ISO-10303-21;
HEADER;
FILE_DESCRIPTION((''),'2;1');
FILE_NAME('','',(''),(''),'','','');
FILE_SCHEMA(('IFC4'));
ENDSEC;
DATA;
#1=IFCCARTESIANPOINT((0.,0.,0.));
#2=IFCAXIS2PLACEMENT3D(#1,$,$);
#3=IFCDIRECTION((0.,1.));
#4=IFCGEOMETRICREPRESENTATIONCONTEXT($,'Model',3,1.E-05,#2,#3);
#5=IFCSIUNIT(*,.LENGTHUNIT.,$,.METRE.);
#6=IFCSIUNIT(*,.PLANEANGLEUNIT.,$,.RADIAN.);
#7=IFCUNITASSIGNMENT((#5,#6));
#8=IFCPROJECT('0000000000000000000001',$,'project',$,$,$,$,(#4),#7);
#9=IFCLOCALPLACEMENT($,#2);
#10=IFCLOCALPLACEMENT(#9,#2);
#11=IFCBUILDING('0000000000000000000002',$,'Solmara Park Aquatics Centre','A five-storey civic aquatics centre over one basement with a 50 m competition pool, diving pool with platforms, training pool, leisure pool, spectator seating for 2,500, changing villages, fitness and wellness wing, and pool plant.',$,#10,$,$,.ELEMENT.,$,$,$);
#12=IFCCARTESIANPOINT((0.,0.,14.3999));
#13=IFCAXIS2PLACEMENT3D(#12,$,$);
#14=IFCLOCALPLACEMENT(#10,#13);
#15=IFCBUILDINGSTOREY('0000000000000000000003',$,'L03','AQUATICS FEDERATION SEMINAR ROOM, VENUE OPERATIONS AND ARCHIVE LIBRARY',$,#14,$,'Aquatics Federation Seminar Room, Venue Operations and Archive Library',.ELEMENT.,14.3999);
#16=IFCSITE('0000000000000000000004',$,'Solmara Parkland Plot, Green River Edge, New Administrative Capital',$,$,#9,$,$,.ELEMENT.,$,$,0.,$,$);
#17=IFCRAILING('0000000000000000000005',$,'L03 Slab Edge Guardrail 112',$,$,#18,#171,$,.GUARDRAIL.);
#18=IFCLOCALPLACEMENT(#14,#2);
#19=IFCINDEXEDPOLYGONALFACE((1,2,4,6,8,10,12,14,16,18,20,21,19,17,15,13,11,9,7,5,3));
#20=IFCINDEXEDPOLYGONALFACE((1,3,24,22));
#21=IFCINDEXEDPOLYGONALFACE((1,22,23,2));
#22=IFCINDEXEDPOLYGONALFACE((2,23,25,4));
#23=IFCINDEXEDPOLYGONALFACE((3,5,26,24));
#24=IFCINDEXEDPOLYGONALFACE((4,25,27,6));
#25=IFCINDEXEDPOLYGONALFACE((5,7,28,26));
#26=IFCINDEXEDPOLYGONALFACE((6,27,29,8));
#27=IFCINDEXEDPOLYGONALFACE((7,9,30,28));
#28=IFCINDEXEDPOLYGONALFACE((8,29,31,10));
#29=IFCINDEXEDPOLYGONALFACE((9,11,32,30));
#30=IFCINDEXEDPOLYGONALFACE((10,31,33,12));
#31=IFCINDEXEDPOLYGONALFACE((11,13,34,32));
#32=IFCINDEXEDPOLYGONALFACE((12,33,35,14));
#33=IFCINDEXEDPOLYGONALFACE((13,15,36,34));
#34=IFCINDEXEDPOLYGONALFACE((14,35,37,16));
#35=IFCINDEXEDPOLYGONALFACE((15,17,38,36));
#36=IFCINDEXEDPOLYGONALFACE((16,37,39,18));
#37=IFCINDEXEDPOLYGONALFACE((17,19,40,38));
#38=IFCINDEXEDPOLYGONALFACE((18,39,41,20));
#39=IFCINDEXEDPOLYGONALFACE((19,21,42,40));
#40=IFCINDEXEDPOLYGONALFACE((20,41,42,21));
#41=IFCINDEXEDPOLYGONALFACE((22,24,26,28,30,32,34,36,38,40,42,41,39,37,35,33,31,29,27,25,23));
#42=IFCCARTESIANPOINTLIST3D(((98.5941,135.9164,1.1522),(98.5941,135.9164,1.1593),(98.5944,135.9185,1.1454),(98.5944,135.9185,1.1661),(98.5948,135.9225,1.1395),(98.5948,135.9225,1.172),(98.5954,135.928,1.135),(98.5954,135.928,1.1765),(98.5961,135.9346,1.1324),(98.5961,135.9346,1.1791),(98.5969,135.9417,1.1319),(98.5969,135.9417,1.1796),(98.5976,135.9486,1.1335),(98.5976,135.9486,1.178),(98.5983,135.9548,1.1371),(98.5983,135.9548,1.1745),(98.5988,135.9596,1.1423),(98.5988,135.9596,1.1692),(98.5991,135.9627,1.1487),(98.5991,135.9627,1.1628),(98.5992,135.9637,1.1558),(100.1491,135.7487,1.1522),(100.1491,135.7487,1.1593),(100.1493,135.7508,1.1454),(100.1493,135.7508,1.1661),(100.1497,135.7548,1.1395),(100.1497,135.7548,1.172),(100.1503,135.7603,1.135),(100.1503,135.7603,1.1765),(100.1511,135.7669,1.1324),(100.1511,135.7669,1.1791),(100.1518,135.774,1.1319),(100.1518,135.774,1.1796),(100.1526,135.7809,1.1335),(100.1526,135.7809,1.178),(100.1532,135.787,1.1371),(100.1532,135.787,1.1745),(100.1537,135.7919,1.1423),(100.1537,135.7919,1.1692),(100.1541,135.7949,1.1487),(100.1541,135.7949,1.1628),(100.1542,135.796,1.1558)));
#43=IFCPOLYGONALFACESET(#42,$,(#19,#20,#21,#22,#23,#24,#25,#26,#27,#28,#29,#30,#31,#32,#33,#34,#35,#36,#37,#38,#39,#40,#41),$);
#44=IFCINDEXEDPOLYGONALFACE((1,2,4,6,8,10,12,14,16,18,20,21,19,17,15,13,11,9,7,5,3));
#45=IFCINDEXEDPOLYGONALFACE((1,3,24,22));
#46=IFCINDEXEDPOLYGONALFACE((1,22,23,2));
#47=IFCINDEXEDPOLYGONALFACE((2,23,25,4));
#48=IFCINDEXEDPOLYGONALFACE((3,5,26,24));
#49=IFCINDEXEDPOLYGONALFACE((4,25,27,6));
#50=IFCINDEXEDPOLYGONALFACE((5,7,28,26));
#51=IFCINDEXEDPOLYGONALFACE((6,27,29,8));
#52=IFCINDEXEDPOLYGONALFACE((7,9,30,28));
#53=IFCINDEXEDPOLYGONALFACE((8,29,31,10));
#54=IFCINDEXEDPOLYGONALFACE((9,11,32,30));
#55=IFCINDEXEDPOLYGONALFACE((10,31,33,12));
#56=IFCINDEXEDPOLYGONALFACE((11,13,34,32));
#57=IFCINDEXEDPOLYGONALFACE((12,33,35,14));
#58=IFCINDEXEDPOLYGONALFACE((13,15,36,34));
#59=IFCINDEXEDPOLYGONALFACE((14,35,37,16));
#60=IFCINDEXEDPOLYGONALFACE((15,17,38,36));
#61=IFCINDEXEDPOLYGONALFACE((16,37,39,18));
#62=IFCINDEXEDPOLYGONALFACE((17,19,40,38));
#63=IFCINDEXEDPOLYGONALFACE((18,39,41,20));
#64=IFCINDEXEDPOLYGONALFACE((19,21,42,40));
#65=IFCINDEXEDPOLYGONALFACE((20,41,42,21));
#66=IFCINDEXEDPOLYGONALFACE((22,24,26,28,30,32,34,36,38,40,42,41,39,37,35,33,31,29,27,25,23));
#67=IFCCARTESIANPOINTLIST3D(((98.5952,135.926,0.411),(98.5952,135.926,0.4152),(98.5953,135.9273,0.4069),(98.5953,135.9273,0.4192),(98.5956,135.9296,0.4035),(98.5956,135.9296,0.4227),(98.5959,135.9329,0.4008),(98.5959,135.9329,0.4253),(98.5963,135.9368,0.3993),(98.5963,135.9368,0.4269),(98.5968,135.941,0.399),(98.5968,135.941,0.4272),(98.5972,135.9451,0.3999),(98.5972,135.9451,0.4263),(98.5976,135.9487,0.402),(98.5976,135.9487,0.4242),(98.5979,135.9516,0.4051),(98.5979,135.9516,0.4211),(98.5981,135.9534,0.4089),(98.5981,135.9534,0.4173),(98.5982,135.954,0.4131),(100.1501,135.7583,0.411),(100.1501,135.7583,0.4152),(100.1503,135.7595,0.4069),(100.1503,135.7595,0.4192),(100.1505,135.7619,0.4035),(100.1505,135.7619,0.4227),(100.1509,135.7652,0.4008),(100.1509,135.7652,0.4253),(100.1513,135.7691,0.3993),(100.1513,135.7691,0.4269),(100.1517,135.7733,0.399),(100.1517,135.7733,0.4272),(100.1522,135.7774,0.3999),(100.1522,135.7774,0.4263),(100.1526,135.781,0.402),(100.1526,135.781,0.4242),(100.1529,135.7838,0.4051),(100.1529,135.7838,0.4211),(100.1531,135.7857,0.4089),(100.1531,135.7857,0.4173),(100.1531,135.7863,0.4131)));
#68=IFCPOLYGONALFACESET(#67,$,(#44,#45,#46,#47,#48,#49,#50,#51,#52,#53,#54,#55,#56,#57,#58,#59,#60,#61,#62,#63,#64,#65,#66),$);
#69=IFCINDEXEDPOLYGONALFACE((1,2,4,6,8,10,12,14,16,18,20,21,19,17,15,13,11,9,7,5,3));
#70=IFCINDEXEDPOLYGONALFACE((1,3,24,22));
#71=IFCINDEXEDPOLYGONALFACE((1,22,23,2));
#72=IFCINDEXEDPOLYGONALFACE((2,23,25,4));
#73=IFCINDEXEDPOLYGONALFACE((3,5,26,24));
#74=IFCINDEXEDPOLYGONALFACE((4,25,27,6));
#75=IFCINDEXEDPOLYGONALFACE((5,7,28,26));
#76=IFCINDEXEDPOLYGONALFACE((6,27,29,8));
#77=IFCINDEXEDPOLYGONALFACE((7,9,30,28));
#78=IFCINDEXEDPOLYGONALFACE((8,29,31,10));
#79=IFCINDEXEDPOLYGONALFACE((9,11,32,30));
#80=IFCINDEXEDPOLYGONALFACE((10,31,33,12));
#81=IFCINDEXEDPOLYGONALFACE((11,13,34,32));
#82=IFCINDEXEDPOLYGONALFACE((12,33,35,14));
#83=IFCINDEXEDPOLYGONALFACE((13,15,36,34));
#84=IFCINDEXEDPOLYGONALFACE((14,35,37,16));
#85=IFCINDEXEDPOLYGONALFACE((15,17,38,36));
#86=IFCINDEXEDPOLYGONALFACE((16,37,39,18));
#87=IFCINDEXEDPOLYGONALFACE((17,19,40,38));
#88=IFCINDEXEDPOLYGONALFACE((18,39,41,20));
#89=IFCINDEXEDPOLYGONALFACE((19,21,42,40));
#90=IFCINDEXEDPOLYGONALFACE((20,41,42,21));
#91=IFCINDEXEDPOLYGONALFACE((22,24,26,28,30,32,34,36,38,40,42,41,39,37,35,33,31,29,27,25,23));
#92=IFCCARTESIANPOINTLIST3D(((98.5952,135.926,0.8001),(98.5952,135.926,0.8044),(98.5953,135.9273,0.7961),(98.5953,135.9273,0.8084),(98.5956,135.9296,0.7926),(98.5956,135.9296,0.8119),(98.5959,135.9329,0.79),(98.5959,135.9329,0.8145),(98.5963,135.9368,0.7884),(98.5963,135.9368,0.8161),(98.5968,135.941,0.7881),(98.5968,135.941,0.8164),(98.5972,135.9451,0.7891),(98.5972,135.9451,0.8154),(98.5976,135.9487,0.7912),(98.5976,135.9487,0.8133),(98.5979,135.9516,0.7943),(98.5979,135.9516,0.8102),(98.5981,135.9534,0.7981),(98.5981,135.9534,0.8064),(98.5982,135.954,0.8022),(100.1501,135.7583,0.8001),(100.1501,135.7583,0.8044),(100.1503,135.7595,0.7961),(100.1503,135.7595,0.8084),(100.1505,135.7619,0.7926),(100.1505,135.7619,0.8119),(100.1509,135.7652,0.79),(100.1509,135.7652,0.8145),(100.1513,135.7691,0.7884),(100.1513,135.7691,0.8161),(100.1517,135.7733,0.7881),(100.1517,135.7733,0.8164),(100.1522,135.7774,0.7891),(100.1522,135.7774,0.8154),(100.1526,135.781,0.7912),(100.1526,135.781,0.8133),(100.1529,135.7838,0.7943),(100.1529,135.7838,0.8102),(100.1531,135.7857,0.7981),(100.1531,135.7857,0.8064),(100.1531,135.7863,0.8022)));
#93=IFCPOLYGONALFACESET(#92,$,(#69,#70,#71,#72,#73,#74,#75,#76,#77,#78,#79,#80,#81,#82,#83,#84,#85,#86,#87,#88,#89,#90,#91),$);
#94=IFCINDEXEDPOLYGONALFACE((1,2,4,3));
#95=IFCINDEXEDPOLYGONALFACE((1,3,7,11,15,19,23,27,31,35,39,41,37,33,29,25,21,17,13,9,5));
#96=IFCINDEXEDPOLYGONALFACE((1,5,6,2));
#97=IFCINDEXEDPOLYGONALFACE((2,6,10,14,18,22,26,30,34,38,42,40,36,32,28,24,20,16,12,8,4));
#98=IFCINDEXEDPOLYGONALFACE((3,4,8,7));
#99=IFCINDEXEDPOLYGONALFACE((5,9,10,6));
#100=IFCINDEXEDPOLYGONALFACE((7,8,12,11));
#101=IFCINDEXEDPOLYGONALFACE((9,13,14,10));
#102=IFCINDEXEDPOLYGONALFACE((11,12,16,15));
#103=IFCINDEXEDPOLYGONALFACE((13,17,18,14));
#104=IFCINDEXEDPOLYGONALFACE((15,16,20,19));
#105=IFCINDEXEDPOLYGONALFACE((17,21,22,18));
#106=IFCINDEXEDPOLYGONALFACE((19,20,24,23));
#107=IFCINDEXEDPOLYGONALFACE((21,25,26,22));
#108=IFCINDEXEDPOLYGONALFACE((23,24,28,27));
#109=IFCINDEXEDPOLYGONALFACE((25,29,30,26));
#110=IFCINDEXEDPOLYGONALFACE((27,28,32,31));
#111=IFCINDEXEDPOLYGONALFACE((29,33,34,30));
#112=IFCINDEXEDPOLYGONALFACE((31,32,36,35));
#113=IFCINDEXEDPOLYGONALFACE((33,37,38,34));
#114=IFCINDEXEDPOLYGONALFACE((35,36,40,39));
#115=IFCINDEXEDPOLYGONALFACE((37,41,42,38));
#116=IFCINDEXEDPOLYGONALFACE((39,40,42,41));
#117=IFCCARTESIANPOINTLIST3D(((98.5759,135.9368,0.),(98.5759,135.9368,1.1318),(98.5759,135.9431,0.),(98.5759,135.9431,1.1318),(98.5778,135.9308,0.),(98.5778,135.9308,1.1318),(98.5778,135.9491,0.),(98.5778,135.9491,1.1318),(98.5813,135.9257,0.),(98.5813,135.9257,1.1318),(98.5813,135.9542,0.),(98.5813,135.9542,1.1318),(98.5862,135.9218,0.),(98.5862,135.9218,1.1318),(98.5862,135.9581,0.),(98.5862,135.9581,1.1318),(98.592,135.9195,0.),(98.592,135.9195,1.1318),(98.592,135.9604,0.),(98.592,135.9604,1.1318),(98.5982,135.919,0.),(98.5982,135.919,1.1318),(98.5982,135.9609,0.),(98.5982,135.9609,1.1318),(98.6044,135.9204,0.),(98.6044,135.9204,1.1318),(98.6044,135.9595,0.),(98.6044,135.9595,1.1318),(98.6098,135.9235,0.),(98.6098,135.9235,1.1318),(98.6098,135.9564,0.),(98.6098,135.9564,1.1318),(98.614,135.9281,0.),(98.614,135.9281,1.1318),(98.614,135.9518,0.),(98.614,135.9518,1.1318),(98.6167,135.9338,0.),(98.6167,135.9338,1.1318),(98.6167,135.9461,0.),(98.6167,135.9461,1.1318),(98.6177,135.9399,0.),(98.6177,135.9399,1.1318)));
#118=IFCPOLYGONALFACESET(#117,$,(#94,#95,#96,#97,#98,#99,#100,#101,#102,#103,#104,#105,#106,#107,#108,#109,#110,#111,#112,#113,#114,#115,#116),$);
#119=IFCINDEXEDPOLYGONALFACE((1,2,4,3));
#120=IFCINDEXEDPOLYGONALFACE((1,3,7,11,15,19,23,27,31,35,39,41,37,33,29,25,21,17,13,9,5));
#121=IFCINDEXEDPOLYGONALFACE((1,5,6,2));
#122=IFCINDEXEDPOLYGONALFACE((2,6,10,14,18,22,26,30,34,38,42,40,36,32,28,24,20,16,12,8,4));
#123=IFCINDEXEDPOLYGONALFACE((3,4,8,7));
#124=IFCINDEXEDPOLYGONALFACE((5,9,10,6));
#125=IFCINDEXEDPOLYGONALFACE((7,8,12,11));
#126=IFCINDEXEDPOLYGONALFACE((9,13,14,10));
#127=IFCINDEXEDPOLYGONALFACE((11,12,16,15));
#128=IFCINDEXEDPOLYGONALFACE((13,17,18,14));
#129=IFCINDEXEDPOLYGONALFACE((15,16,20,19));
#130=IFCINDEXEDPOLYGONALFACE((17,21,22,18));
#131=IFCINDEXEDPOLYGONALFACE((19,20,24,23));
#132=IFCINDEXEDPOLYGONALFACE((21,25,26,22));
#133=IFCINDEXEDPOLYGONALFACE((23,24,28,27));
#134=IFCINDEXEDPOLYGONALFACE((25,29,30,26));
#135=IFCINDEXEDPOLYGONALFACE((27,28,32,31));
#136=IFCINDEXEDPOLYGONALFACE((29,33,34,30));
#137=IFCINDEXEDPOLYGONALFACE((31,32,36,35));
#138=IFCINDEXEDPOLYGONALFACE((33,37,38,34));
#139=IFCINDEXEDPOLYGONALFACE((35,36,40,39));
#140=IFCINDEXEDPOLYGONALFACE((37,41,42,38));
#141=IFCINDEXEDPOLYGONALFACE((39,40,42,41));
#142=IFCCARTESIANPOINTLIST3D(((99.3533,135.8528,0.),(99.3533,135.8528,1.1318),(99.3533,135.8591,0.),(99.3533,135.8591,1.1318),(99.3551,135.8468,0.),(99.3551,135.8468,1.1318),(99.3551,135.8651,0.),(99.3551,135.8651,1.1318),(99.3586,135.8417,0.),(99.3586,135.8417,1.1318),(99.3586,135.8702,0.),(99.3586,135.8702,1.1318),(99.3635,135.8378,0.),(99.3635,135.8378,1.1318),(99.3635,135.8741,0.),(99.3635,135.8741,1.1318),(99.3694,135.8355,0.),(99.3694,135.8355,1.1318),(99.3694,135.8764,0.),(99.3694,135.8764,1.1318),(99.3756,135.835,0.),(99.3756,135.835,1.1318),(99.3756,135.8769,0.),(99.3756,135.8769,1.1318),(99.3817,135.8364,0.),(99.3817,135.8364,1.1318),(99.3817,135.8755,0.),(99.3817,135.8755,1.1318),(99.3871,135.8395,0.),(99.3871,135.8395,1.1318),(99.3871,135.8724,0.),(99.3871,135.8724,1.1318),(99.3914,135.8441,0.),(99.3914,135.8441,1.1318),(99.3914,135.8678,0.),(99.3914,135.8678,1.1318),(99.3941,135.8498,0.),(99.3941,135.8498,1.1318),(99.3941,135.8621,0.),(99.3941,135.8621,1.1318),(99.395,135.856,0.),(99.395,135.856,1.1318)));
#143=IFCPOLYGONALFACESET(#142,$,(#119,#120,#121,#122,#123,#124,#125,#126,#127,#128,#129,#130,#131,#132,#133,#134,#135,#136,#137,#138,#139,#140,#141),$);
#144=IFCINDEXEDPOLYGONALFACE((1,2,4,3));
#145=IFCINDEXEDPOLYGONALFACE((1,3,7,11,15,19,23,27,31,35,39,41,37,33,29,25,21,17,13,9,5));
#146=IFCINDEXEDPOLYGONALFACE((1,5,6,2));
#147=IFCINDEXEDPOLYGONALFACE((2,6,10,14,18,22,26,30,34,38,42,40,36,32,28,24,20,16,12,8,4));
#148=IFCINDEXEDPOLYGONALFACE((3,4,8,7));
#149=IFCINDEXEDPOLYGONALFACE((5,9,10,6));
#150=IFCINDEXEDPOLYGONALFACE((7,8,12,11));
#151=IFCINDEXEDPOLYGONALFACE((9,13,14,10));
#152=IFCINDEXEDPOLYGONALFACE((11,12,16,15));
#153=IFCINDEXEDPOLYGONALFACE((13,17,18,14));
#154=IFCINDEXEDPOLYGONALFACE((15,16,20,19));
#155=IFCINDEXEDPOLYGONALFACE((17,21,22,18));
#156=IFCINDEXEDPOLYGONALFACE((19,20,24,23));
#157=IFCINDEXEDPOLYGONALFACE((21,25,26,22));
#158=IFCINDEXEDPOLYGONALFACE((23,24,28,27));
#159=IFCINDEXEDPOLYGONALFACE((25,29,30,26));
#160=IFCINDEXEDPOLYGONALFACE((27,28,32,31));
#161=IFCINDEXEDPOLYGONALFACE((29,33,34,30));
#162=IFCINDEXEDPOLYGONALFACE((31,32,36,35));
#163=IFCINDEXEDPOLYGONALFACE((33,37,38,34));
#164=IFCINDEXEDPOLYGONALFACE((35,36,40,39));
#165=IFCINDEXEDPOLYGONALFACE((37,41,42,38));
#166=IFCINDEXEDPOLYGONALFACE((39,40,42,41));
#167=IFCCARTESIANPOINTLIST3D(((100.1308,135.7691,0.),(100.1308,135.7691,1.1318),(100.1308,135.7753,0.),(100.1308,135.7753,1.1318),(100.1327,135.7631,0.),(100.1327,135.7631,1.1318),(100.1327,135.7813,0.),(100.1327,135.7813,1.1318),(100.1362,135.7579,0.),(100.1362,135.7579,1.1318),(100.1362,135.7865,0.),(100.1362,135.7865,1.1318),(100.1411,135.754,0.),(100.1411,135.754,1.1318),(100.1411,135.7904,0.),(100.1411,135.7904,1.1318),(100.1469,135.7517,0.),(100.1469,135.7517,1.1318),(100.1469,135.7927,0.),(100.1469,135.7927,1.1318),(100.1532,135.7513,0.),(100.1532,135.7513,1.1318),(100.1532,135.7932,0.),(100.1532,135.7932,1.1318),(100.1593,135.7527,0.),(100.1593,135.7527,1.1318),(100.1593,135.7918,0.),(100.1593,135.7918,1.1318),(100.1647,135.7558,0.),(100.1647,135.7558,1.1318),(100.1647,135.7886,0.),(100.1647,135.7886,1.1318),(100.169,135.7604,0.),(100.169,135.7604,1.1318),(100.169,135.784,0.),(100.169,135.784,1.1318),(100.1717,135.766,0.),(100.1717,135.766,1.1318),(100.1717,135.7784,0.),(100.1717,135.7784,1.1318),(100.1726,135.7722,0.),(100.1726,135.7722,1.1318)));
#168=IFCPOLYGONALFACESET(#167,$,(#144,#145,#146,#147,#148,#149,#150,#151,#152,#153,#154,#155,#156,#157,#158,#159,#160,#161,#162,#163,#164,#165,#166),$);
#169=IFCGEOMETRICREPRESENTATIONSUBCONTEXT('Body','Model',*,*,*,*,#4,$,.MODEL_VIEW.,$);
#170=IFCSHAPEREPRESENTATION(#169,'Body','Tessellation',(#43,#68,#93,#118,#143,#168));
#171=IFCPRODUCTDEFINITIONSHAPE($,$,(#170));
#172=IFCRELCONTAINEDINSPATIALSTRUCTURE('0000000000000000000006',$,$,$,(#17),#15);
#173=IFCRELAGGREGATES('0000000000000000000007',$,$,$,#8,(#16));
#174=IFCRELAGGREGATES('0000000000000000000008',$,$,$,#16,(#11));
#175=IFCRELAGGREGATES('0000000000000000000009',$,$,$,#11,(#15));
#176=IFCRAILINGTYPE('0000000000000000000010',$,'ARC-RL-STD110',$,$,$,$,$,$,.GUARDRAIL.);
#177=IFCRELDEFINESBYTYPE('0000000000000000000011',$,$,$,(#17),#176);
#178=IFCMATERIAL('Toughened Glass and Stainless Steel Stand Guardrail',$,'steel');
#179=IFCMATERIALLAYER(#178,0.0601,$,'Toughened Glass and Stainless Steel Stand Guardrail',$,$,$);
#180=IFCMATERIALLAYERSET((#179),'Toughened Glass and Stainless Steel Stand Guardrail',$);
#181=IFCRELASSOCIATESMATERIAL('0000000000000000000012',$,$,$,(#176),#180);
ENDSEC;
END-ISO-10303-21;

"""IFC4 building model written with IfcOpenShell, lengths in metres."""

from ifc_helpers import new_model, si_unit, direction, frame, origin, origin_2d, place, context, subcontext, project, spatial, circle, extrude, material, layer, layer_set, type_object, element, save


model = new_model("IFC4")

# Units and contexts
model_context = context("Model", 3, precision=1e-05, world=origin(), true_north=direction((0.0, 1.0)))
body_context = subcontext(model_context, "Body", "Model", "MODEL_VIEW")
ifc_project = project(units=[si_unit("LENGTHUNIT", "METRE"), si_unit("PLANEANGLEUNIT", "RADIAN")], contexts=[model_context])

# Site, building, storey
site_placement = place(None, origin())
site = spatial("IfcSite", under=ifc_project, at=site_placement, Name="Solmara Parkland Plot, Green River Edge, New Administrative Capital", CompositionType="ELEMENT", RefElevation=0.0)
building_placement = place(site_placement, origin())
building = spatial("IfcBuilding", under=site, at=building_placement, Name="Solmara Park Aquatics Centre", Description="A five-storey civic aquatics centre over one basement with a 50 m competition pool, diving pool with platforms, training pool, leisure pool, spectator seating for 2,500, changing villages, fitness and wellness wing, and pool plant.", CompositionType="ELEMENT")
storey_placement = place(building_placement, frame((0.0, 0.0, 14.3999)))
storey = spatial("IfcBuildingStorey", under=building, at=storey_placement, Name="L03", Description="AQUATICS FEDERATION SEMINAR ROOM, VENUE OPERATIONS AND ARCHIVE LIBRARY", LongName="Aquatics Federation Seminar Room, Venue Operations and Archive Library", CompositionType="ELEMENT", Elevation=14.3999)

# Railing
ifc_material_1 = material(Name="Toughened Glass and Stainless Steel Stand Guardrail", Category="steel")
ifc_layer_1 = layer(ifc_material_1, 0.0601, Name="Toughened Glass and Stainless Steel Stand Guardrail")
ifc_layer_set_1 = layer_set([ifc_layer_1], Name="Toughened Glass and Stainless Steel Stand Guardrail")
railing_type = type_object("IfcRailingType", Name="ARC-RL-STD110", PredefinedType="GUARDRAIL", material=ifc_layer_set_1)
railing_1_placement = place(storey_placement, frame((98.5967, 135.9399, 0.0)))
element("IfcRailing", 1, at=railing_1_placement, inside=storey, type_object=railing_type, Name="L03 Slab Edge Guardrail 112", PredefinedType="GUARDRAIL", context=body_context, shape_type="SweptSolid", body=[
    extrude(circle(Radius=0.0239, at=origin_2d()), frame((0.0, 0.0, 1.1558), z_axis=(0.994233, -0.107244, 0.0), x_axis=(0.107244, 0.994233, 0.0)), (0.0, 0.0, 1.0), 1.564),
    extrude(circle(Radius=0.0142, at=origin_2d()), frame((0.0, 0.0, 0.4131), z_axis=(0.994233, -0.107244, 0.0), x_axis=(0.107244, 0.994233, 0.0)), (0.0, 0.0, 1.0), 1.564),
    extrude(circle(Radius=0.0142, at=origin_2d()), frame((0.0, 0.0, 0.8022), z_axis=(0.994233, -0.107244, 0.0), x_axis=(0.107244, 0.994233, 0.0)), (0.0, 0.0, 1.0), 1.564),
    extrude(circle(Radius=0.021, at=origin_2d()), origin(), (0.0, 0.0, 1.0), 1.1318),
    extrude(circle(Radius=0.021, at=origin_2d()), frame((0.7773, -0.084, 0.0)), (0.0, 0.0, 1.0), 1.1318),
    extrude(circle(Radius=0.021, at=origin_2d()), frame((1.5549, -0.1677, 0.0)), (0.0, 0.0, 1.0), 1.1318),
])

save(model, "model.ifc")
